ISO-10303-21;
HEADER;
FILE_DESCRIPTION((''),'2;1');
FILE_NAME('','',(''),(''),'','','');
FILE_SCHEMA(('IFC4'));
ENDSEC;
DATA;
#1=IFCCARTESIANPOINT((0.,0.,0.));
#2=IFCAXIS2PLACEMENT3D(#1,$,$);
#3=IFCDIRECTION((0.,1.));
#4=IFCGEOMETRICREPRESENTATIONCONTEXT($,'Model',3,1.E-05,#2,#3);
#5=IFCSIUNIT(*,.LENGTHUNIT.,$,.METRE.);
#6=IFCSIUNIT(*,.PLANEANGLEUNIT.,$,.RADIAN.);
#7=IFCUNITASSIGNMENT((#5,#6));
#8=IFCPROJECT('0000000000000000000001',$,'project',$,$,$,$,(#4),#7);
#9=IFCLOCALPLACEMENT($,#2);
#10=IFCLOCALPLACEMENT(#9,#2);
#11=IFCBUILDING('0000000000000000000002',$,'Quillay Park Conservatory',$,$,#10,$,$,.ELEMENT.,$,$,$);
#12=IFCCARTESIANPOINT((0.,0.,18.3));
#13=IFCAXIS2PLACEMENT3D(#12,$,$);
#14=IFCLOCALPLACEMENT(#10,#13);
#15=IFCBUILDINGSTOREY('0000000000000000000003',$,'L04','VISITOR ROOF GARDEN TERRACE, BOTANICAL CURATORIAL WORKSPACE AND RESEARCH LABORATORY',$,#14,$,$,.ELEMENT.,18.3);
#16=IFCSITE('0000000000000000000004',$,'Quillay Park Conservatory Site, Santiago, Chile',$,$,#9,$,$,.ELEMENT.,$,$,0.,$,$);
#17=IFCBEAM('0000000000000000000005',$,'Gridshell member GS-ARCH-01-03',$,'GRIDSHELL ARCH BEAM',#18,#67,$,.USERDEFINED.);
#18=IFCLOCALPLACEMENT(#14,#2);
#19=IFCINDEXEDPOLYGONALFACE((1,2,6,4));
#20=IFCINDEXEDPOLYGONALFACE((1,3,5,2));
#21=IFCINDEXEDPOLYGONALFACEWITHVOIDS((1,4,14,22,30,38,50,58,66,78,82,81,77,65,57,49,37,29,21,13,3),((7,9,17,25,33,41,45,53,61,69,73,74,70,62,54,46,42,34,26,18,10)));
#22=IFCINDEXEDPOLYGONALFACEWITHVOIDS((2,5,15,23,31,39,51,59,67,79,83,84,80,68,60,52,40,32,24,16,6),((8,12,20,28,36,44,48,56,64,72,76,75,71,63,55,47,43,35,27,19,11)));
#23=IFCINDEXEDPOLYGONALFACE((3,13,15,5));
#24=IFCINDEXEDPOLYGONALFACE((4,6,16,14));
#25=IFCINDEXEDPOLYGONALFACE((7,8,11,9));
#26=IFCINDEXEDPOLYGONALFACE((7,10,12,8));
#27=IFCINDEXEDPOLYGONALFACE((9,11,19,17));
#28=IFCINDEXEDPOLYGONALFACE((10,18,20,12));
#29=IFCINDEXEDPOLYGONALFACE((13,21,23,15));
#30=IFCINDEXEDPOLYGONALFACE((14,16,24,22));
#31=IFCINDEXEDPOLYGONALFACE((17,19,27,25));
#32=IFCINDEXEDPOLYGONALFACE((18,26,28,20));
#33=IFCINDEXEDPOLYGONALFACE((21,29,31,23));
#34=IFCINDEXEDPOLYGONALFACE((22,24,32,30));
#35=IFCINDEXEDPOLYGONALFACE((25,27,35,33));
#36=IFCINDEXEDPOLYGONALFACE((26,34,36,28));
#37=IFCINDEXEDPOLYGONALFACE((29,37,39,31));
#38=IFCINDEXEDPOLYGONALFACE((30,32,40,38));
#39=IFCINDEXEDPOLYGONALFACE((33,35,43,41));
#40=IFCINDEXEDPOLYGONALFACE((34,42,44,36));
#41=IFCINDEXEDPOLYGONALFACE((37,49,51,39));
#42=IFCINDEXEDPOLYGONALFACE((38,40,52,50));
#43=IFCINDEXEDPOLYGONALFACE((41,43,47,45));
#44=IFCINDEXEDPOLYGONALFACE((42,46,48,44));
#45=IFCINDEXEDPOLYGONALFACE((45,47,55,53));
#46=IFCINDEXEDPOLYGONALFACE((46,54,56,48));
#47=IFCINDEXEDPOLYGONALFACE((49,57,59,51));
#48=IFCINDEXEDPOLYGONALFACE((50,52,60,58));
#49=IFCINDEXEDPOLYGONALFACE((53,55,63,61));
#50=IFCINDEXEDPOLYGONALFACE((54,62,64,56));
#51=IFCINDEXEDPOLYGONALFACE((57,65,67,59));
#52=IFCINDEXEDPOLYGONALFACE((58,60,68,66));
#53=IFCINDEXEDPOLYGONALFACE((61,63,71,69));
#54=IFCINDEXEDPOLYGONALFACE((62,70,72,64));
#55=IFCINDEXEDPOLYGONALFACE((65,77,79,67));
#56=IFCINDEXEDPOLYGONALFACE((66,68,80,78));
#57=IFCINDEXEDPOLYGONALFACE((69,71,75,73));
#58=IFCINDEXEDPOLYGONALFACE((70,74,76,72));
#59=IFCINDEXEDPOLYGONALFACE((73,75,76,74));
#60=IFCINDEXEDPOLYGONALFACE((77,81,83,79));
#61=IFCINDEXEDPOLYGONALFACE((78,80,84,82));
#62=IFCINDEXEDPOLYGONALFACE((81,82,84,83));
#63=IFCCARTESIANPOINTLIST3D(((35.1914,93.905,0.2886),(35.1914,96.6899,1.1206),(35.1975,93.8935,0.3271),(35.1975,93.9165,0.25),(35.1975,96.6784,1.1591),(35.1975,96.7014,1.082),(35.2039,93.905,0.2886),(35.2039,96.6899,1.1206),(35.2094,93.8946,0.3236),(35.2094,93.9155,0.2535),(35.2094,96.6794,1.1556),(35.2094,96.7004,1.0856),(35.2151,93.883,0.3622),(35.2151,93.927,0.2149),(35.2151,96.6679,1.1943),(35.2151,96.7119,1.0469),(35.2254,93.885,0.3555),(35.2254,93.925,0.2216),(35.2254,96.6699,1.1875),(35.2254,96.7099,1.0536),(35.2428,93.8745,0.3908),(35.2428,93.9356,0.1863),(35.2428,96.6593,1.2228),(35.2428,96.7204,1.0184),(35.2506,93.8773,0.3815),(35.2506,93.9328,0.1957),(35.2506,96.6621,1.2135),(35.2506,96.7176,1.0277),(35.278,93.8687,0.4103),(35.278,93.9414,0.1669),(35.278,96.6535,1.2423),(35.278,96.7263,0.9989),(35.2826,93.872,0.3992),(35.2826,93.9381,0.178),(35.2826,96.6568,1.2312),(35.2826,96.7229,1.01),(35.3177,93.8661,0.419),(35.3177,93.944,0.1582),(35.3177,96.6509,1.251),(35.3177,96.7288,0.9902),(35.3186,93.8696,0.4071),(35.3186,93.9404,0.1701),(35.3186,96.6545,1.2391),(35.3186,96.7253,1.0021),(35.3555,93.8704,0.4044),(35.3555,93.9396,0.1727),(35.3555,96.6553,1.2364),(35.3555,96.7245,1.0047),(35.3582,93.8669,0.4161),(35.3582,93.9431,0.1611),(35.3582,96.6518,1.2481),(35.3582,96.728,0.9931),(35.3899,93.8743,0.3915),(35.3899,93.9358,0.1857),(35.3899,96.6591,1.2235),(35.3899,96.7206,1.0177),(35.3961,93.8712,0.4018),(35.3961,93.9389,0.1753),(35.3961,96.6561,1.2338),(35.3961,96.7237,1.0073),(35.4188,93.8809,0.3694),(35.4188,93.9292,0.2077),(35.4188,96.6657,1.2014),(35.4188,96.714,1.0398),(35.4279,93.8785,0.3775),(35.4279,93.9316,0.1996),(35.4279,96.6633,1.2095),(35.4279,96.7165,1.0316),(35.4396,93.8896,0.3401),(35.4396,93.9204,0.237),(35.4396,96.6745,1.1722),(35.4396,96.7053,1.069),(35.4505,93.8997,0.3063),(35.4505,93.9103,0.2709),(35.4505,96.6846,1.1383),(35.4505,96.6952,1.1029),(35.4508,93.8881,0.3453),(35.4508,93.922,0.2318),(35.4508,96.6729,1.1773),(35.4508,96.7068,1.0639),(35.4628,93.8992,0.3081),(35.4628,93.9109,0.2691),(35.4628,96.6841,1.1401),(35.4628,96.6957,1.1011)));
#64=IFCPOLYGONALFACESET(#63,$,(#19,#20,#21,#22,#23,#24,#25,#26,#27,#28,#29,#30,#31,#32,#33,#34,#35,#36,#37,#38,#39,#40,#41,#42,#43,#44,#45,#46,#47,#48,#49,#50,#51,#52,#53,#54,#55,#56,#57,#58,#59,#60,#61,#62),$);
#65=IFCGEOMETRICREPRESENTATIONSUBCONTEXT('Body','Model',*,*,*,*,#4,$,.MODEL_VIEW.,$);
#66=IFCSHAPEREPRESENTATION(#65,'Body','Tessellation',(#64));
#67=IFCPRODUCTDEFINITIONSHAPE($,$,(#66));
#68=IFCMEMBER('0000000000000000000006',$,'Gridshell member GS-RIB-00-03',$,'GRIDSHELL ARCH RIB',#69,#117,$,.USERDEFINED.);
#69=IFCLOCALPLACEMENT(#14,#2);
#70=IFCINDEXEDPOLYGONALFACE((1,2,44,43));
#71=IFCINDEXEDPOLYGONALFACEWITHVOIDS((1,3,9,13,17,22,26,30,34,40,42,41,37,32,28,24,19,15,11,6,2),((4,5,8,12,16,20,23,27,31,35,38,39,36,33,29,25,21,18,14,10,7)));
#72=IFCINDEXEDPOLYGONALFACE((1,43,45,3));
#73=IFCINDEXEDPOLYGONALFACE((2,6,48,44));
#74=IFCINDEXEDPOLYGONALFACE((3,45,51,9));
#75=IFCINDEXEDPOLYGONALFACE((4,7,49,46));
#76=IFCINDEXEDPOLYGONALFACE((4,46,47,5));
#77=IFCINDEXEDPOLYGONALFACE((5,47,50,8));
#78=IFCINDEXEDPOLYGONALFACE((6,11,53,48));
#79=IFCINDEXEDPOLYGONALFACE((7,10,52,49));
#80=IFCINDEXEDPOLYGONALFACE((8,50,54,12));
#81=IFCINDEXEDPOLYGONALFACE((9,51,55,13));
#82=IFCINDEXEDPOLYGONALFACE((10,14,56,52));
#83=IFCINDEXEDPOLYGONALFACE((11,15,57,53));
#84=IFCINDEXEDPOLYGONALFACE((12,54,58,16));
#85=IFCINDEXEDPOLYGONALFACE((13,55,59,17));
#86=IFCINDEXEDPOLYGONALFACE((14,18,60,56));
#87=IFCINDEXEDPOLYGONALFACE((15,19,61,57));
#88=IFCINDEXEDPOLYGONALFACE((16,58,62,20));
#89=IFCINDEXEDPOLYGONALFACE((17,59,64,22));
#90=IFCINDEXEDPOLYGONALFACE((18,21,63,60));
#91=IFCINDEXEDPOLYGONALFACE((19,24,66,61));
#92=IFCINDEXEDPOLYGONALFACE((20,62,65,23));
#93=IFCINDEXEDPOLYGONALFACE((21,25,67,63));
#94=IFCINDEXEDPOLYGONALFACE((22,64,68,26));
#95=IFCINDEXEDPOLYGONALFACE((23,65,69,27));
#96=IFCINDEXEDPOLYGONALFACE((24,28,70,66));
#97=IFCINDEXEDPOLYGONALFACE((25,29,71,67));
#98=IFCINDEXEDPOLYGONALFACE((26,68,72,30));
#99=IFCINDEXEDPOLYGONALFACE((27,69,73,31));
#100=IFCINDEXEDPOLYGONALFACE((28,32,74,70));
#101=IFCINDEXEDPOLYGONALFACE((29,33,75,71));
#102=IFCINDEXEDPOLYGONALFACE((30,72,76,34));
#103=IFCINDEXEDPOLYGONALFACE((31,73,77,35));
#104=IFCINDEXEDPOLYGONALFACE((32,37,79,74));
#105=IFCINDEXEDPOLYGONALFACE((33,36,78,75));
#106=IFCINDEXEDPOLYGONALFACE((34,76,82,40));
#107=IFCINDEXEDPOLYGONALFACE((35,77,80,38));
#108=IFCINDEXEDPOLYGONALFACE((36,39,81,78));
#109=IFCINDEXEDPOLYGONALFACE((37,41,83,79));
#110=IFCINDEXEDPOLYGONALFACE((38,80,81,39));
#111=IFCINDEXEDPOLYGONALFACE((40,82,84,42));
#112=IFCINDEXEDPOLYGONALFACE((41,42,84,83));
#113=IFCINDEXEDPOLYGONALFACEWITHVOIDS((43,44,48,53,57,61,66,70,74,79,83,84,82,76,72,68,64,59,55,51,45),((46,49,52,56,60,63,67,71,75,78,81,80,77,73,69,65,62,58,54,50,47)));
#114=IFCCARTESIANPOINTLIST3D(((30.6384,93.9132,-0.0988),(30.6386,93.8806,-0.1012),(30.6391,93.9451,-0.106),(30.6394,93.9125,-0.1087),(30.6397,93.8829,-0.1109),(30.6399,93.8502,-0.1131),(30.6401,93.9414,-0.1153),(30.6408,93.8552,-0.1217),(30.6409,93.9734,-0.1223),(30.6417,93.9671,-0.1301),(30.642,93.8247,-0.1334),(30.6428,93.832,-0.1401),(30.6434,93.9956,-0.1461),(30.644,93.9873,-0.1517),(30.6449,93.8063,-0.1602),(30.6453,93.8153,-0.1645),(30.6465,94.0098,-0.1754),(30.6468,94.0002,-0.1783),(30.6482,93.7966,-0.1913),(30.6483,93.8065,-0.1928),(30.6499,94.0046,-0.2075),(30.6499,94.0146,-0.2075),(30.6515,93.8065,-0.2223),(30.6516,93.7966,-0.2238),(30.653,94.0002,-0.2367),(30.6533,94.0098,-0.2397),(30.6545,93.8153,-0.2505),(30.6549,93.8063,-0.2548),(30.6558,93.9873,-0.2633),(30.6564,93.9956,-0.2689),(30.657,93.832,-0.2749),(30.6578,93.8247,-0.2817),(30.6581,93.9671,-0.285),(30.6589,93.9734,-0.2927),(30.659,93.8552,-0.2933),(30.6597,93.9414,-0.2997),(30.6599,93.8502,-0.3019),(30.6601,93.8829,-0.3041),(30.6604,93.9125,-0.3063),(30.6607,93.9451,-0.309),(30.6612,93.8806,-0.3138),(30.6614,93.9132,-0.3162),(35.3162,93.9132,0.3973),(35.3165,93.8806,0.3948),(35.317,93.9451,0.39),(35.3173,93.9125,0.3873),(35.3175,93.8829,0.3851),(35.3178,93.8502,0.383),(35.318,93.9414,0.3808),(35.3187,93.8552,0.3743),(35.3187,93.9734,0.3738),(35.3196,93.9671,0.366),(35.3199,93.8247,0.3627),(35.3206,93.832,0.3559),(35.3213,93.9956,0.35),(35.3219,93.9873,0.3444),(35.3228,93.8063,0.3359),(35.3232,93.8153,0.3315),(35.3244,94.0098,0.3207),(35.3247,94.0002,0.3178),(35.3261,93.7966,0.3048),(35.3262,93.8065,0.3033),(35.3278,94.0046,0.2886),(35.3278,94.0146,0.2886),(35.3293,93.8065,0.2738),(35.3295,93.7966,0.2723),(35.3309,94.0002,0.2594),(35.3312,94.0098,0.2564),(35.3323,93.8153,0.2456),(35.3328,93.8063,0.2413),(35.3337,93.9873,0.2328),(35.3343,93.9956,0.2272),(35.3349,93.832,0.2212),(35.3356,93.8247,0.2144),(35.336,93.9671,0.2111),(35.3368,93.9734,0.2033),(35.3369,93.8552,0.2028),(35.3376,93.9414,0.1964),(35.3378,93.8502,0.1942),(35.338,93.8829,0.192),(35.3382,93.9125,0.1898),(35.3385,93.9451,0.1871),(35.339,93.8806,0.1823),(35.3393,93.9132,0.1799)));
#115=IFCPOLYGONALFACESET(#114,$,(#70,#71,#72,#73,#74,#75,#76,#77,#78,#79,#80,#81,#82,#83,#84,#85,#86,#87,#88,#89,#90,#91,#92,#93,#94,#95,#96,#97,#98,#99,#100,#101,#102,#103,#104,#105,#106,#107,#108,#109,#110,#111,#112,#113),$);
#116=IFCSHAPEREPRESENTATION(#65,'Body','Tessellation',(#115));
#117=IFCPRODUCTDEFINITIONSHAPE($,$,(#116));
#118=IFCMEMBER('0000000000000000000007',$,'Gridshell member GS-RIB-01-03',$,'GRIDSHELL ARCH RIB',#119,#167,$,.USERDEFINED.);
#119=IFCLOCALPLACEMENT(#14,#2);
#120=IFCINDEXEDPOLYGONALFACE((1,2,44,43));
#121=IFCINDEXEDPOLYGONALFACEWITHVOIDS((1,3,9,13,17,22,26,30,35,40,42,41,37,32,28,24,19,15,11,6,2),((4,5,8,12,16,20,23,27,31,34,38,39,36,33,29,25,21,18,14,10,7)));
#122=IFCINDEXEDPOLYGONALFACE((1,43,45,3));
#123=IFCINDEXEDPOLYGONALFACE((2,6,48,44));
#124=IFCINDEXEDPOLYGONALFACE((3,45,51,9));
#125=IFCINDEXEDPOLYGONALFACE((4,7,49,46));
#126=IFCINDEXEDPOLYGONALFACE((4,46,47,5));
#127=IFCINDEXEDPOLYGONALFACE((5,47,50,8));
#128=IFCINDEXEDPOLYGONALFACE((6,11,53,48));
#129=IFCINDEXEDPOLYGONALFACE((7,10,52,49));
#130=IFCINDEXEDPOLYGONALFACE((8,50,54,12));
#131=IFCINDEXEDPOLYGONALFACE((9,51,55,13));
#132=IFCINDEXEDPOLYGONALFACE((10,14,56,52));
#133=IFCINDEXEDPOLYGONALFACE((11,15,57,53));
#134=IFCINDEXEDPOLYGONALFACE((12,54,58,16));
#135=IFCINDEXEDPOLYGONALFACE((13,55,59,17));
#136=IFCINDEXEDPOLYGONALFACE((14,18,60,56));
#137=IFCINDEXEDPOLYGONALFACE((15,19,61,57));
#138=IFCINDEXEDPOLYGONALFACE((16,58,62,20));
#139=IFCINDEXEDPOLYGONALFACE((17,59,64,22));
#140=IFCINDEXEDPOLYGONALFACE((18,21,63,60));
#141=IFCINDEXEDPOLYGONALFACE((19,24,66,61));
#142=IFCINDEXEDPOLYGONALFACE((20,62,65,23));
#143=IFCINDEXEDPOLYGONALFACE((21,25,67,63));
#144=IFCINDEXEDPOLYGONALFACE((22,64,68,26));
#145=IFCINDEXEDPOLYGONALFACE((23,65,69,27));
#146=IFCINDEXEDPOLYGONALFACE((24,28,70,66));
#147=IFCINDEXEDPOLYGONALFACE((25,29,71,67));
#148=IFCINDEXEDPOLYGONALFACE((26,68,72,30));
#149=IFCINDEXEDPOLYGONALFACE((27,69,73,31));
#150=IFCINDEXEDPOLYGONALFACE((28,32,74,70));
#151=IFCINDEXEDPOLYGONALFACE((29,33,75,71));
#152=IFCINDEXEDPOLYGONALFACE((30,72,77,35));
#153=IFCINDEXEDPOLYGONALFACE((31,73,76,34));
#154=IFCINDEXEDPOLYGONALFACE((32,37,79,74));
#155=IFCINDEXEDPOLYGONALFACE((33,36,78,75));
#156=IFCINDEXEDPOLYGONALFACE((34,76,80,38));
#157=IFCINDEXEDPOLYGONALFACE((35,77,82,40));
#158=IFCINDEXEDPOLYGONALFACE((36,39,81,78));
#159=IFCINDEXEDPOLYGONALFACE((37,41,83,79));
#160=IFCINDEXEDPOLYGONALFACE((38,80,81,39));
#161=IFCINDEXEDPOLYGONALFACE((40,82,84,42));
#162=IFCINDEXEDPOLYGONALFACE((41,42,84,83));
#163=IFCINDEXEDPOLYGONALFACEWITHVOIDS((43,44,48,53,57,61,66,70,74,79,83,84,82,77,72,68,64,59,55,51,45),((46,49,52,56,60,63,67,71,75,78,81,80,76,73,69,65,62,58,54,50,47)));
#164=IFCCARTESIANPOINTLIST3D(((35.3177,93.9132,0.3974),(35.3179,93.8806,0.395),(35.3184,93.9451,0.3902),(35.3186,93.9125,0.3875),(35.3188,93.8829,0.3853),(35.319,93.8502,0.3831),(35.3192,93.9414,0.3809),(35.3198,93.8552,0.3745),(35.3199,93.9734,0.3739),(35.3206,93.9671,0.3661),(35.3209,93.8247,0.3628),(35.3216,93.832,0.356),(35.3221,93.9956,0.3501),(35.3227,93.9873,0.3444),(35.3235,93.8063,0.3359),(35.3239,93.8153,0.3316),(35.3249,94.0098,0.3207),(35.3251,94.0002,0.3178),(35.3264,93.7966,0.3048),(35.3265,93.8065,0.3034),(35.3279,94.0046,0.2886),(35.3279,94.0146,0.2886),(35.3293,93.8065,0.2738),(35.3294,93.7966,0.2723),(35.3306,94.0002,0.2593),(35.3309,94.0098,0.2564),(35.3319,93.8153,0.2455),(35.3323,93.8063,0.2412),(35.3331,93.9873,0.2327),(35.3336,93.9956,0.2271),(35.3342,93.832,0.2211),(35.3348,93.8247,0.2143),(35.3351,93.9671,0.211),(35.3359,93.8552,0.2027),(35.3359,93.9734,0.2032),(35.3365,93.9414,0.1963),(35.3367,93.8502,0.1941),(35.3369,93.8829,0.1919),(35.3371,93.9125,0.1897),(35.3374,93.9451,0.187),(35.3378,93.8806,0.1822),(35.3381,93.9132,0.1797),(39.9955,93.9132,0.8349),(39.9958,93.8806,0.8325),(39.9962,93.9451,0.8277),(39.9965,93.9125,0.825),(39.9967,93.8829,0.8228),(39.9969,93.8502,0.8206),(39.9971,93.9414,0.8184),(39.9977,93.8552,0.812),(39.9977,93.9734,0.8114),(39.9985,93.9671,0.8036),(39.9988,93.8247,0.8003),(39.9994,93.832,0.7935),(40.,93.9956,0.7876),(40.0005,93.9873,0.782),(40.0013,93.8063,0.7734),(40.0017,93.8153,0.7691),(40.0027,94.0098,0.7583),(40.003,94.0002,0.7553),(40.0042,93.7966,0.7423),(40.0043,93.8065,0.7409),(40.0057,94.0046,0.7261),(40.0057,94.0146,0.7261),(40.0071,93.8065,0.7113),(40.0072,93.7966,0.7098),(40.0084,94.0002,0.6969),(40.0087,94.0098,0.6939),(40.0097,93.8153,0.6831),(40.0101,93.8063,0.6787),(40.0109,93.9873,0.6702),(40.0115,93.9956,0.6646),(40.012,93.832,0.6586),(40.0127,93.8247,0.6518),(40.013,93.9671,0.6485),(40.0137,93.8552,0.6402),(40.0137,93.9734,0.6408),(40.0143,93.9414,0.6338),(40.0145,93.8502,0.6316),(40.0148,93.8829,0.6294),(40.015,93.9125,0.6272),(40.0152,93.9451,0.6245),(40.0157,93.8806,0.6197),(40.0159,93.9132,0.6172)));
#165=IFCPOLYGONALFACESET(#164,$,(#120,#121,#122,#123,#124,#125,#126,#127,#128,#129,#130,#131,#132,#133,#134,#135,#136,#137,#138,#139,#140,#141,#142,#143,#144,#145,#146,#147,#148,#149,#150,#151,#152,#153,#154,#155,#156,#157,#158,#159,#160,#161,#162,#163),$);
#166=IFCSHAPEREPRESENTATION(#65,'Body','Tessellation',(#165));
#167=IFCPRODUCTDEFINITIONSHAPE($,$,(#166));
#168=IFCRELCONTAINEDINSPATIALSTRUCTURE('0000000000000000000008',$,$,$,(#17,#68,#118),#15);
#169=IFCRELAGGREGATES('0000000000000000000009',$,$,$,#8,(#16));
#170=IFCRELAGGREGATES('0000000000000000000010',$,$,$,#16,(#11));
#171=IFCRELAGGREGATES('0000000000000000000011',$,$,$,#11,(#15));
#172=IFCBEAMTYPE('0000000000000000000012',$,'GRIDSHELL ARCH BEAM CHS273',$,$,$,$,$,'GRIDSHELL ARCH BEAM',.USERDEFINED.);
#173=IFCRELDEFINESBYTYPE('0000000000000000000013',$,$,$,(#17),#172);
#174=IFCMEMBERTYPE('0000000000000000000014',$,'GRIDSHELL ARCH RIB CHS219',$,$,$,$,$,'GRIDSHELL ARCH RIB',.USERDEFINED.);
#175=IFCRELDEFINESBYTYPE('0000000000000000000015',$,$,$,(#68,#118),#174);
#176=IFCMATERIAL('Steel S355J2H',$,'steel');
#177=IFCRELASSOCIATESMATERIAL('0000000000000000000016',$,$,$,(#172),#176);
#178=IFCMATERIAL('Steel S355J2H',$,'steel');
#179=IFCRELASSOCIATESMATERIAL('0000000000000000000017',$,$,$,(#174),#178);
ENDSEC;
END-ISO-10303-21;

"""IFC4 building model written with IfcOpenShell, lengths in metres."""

from ifc_helpers import new_model, si_unit, direction, frame, origin, origin_2d, place, context, subcontext, project, spatial, hollow_circle, extrude, material, material_profile, profile_set, type_object, element, save


model = new_model("IFC4")

# Units and contexts
model_context = context("Model", 3, precision=1e-05, world=origin(), true_north=direction((0.0, 1.0)))
body_context = subcontext(model_context, "Body", "Model", "MODEL_VIEW")
ifc_project = project(units=[si_unit("LENGTHUNIT", "METRE"), si_unit("PLANEANGLEUNIT", "RADIAN")], contexts=[model_context])

# Site, building, storey
site_placement = place(None, origin())
site = spatial("IfcSite", under=ifc_project, at=site_placement, Name="Quillay Park Conservatory Site, Santiago, Chile", CompositionType="ELEMENT", RefElevation=0.0)
building_placement = place(site_placement, origin())
building = spatial("IfcBuilding", under=site, at=building_placement, Name="Quillay Park Conservatory", CompositionType="ELEMENT")
storey_placement = place(building_placement, frame((0.0, 0.0, 18.3)))
storey = spatial("IfcBuildingStorey", under=building, at=storey_placement, Name="L04", Description="VISITOR ROOF GARDEN TERRACE, BOTANICAL CURATORIAL WORKSPACE AND RESEARCH LABORATORY", CompositionType="ELEMENT", Elevation=18.3)

# Beam
ifc_material_1 = material(Name="Steel S355J2H", Category="steel")
ifc_material_profile_1 = material_profile(ifc_material_1, hollow_circle(Radius=0.1365, WallThickness=0.0125, at=origin_2d()), Name="CHS273x12.5")
ifc_profile_set_1 = profile_set([ifc_material_profile_1], Name="Steel S355J2H")
beam_type_1 = type_object("IfcBeamType", Name="GRIDSHELL ARCH BEAM CHS273", ElementType="GRIDSHELL ARCH BEAM", PredefinedType="USERDEFINED", material=ifc_profile_set_1)
for number, where, z_axis, x_axis, name in (
    (1, (35.3279, 93.905, 0.2886), (0.0, 0.958152, 0.286261), (-1.0, 0.0, 0.0), "Gridshell member GS-ARCH-01-03"),
):
    element("IfcBeam", number, at=place(storey_placement, frame(where, z_axis=z_axis, x_axis=x_axis)), inside=storey, type_object=beam_type_1, Name=name, ObjectType="GRIDSHELL ARCH BEAM", PredefinedType="USERDEFINED", context=body_context, shape_type="SweptSolid", body=[
        extrude(hollow_circle(Radius=0.1365, WallThickness=0.0125, at=origin_2d()), origin(), (0.0, 0.0, 1.0), 2.9065),
    ])

# Members
ifc_material_2 = material(Name="Steel S355J2H", Category="steel")
ifc_material_profile_2 = material_profile(ifc_material_2, hollow_circle(Radius=0.1096, WallThickness=0.01, at=origin_2d()), Name="CHS219.1x10")
ifc_profile_set_2 = profile_set([ifc_material_profile_2], Name="Steel S355J2H")
member_type_1 = type_object("IfcMemberType", Name="GRIDSHELL ARCH RIB CHS219", ElementType="GRIDSHELL ARCH RIB", PredefinedType="USERDEFINED", material=ifc_profile_set_2)
member_1_placement = place(storey_placement, frame((30.6499, 93.905, -0.2075), z_axis=(0.994424, 0.0, 0.105457), x_axis=(0.0, 1.0, 0.0)))
element("IfcMember", 2, at=member_1_placement, inside=storey, type_object=member_type_1, Name="Gridshell member GS-RIB-00-03", ObjectType="GRIDSHELL ARCH RIB", PredefinedType="USERDEFINED", context=body_context, shape_type="SweptSolid", body=[
    extrude(hollow_circle(Radius=0.1096, WallThickness=0.01, at=origin_2d()), origin(), (0.0, 0.0, 1.0), 4.7041),
])
member_2_placement = place(storey_placement, frame((35.3279, 93.905, 0.2886), z_axis=(0.995655, 0.0, 0.093122), x_axis=(0.0, 1.0, 0.0)))
element("IfcMember", 3, at=member_2_placement, inside=storey, type_object=member_type_1, Name="Gridshell member GS-RIB-01-03", ObjectType="GRIDSHELL ARCH RIB", PredefinedType="USERDEFINED", context=body_context, shape_type="SweptSolid", body=[
    extrude(hollow_circle(Radius=0.1096, WallThickness=0.01, at=origin_2d()), origin(), (0.0, 0.0, 1.0), 4.6982),
])

save(model, "model.ifc")
